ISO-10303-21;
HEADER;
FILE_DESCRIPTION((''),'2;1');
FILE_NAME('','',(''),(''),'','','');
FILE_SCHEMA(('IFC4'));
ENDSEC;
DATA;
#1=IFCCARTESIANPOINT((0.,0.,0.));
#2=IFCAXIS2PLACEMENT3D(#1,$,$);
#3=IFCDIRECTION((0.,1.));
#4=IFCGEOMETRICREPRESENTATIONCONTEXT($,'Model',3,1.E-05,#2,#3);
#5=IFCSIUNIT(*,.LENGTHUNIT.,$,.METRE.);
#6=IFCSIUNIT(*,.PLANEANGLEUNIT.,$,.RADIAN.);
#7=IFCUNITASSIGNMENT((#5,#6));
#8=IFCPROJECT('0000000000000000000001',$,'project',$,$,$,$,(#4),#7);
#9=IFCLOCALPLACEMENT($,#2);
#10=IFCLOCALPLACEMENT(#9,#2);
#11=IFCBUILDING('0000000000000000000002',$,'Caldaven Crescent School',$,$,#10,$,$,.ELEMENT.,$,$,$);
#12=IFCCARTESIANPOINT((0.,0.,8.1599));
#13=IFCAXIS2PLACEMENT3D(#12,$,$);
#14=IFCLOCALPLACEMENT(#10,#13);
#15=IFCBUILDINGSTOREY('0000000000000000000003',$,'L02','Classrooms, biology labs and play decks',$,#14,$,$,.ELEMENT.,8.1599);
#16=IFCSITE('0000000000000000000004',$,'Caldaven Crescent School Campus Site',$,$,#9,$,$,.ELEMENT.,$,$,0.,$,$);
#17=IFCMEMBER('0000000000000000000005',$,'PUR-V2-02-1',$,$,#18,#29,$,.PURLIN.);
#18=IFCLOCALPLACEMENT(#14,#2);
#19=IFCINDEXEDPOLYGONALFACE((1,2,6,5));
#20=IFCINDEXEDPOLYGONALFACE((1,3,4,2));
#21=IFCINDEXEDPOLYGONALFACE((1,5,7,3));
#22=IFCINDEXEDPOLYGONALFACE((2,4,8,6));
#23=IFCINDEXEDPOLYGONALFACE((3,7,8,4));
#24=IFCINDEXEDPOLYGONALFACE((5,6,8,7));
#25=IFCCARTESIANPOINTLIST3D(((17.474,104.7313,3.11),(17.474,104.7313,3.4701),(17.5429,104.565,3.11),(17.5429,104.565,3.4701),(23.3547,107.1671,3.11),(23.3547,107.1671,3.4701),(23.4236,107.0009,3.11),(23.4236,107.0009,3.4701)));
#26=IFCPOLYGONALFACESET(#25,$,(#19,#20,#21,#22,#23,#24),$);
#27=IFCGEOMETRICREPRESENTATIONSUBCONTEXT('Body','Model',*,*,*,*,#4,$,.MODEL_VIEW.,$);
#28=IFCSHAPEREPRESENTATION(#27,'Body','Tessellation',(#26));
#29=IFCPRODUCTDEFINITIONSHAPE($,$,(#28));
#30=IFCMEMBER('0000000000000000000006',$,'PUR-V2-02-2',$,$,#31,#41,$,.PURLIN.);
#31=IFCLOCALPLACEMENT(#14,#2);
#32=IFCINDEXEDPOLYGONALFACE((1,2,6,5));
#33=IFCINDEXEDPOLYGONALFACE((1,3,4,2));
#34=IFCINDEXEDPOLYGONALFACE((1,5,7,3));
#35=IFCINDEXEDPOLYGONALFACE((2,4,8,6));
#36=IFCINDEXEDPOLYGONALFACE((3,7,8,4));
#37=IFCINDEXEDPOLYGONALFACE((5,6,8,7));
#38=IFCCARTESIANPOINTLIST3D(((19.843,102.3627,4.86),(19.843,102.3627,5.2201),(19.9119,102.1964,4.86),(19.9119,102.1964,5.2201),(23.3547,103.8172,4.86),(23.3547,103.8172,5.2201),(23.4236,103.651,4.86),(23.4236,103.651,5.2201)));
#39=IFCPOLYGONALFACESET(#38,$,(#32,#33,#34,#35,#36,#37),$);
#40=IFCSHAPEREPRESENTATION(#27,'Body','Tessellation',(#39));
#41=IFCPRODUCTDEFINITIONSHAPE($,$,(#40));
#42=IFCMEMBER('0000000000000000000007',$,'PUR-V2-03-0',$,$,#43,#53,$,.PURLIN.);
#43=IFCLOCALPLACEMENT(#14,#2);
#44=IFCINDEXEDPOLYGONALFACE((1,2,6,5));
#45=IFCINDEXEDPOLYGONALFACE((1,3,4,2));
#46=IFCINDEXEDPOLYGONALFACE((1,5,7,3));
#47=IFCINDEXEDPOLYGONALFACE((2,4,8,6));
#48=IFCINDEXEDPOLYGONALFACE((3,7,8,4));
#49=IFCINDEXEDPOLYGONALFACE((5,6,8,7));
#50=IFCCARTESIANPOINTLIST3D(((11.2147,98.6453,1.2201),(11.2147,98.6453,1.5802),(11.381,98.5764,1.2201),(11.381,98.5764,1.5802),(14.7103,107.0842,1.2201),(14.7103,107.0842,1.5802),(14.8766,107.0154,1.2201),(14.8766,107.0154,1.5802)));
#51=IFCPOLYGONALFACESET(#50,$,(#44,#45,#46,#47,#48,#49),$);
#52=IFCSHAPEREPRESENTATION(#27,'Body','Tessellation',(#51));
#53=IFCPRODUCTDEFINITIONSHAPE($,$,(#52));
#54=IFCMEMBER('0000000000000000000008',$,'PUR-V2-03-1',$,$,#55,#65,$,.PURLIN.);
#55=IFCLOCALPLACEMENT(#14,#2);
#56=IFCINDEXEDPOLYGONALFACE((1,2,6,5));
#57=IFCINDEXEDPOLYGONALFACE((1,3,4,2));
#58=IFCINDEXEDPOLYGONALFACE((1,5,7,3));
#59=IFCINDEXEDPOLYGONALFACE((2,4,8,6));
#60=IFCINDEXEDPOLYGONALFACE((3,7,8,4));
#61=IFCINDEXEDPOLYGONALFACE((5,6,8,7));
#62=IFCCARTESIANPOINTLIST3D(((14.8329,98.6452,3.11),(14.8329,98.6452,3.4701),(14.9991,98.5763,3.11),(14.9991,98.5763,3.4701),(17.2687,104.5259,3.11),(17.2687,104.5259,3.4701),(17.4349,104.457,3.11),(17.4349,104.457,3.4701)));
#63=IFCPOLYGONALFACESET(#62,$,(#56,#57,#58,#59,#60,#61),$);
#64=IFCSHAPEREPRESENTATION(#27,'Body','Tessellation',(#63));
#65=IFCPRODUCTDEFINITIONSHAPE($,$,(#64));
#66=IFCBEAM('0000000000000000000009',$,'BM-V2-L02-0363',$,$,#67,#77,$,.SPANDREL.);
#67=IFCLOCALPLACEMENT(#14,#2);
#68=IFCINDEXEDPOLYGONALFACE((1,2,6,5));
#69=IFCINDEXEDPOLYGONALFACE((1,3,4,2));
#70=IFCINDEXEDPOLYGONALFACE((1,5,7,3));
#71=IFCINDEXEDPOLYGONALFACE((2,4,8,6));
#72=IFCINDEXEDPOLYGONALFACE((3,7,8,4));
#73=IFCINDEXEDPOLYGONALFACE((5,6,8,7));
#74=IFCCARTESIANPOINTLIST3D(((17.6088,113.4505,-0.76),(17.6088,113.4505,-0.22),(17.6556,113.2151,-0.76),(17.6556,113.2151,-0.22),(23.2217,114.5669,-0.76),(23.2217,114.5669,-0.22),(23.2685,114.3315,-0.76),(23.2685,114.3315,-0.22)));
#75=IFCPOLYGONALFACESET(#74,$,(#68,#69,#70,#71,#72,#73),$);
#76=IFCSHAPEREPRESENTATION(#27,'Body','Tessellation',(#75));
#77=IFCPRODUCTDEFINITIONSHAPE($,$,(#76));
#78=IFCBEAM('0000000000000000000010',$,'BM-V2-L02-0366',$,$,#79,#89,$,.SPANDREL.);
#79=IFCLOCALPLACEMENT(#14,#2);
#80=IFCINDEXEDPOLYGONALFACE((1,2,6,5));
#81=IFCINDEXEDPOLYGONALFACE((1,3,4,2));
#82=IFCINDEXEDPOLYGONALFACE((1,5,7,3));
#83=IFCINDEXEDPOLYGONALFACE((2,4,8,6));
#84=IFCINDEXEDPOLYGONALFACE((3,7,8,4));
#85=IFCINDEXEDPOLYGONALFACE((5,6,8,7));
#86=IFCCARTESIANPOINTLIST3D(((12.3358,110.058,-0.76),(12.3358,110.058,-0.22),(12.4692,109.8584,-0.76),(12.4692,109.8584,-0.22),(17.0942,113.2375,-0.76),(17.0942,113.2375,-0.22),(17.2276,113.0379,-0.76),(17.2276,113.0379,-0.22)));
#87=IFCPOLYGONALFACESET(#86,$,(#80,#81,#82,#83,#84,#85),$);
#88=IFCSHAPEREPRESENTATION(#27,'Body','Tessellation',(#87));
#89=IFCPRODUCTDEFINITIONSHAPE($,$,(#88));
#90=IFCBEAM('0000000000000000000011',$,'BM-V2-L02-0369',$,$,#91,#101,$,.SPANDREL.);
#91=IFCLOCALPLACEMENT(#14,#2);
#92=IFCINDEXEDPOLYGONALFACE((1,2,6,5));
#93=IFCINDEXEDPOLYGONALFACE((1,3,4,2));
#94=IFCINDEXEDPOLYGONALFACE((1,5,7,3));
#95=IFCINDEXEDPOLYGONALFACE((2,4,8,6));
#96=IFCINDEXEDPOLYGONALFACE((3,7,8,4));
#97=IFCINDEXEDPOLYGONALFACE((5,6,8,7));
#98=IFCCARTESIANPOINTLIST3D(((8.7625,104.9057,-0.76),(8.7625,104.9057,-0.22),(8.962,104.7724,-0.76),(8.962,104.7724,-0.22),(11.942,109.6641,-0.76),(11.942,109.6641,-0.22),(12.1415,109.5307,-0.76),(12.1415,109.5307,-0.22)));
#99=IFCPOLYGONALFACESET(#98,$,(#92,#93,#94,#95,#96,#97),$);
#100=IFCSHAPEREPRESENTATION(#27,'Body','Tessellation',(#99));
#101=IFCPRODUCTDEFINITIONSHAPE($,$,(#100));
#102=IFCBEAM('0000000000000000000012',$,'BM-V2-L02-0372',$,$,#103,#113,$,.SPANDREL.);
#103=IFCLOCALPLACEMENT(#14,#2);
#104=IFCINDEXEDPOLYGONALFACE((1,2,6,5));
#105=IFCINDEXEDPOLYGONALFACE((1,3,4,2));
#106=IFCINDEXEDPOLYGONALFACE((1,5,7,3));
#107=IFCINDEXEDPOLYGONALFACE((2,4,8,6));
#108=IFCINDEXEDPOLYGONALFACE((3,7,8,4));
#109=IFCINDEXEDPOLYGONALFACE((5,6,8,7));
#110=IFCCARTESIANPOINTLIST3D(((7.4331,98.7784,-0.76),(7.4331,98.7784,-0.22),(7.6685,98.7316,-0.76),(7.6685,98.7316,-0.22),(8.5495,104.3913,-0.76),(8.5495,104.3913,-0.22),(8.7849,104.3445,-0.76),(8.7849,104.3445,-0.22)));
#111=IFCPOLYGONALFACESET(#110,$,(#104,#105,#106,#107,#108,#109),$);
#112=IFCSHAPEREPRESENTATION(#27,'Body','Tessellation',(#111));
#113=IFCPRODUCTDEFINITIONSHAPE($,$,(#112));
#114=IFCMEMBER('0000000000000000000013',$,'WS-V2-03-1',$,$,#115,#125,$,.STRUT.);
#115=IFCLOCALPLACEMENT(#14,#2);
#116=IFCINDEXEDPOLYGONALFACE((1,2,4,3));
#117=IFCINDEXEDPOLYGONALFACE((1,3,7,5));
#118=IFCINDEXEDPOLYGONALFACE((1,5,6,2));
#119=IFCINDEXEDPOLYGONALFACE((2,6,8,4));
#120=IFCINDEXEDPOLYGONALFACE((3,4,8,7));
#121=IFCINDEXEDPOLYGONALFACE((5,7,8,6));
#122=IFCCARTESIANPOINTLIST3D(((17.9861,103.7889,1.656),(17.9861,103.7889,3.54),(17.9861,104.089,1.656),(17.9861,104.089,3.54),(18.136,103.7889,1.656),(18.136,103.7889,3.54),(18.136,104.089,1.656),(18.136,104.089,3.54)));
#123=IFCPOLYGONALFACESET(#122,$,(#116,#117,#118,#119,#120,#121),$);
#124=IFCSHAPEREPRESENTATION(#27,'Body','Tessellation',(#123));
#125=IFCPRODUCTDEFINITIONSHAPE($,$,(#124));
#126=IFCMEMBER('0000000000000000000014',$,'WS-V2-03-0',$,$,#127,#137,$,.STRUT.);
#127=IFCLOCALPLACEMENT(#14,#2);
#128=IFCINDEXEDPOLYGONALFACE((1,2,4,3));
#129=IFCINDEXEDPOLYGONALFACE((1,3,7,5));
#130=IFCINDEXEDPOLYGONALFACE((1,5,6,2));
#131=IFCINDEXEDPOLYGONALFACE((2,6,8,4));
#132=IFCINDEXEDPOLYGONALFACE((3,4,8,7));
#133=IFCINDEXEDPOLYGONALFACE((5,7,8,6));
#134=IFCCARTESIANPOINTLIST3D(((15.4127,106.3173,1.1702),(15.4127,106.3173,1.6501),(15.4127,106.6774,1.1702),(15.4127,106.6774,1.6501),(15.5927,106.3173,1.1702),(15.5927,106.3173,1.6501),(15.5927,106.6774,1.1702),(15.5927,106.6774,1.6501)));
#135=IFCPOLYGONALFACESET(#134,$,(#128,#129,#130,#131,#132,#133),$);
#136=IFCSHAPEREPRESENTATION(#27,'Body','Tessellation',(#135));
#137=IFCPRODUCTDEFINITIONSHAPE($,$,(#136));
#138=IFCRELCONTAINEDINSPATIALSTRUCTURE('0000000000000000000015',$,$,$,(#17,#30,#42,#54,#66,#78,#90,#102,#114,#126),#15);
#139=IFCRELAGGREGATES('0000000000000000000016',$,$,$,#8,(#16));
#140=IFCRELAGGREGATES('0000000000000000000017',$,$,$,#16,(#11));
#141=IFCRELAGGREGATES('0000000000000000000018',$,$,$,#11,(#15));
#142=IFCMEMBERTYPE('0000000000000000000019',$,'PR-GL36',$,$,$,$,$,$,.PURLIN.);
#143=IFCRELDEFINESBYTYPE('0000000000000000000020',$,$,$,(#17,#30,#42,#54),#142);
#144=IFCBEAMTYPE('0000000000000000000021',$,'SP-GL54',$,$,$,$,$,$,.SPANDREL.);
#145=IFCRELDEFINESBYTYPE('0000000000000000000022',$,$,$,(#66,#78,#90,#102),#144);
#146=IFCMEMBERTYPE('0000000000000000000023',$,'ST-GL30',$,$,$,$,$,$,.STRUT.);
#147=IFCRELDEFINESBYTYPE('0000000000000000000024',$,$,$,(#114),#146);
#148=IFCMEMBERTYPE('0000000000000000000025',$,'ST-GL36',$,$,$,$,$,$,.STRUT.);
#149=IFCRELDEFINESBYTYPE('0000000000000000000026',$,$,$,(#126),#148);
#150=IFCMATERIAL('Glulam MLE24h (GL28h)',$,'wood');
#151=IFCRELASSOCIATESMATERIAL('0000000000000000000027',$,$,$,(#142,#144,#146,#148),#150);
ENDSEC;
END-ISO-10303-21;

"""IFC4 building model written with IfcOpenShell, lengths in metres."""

from ifc_helpers import new_model, si_unit, direction, frame, origin, origin_2d, place, context, subcontext, project, spatial, rectangle, extrude, material, material_profile, profile_set, type_object, element, save


model = new_model("IFC4")

# Units and contexts
model_context = context("Model", 3, precision=1e-05, world=origin(), true_north=direction((0.0, 1.0)))
body_context = subcontext(model_context, "Body", "Model", "MODEL_VIEW")
ifc_project = project(units=[si_unit("LENGTHUNIT", "METRE"), si_unit("PLANEANGLEUNIT", "RADIAN")], contexts=[model_context])

# Site, building, storey
site_placement = place(None, origin())
site = spatial("IfcSite", under=ifc_project, at=site_placement, Name="Caldaven Crescent School Campus Site", CompositionType="ELEMENT", RefElevation=0.0)
building_placement = place(site_placement, origin())
building = spatial("IfcBuilding", under=site, at=building_placement, Name="Caldaven Crescent School", CompositionType="ELEMENT")
storey_placement = place(building_placement, frame((0.0, 0.0, 8.1599)))
storey = spatial("IfcBuildingStorey", under=building, at=storey_placement, Name="L02", Description="Classrooms, biology labs and play decks", CompositionType="ELEMENT", Elevation=8.1599)

# Shared definitions
ifc_material_1 = material(Name="Glulam MLE24h (GL28h)", Category="wood")

# Members
ifc_material_profile_1 = material_profile(ifc_material_1, rectangle(XDim=0.1799, YDim=0.3601, at=origin_2d()), Name="MLE 180x360")
ifc_profile_set_1 = profile_set([ifc_material_profile_1], Name="Glulam MLE24h (GL28h)")
member_type_1 = type_object("IfcMemberType", Name="PR-GL36", PredefinedType="PURLIN", material=ifc_profile_set_1)
member_1_placement = place(storey_placement, frame((23.3892, 107.084, 3.29), z_axis=(-0.923882, -0.382678, 0.0), x_axis=(0.382678, -0.923882, 0.0)))
element("IfcMember", 1, at=member_1_placement, inside=storey, type_object=member_type_1, Name="PUR-V2-02-1", PredefinedType="PURLIN", context=body_context, shape_type="SweptSolid", body=[
    extrude(rectangle(XDim=0.1799, YDim=0.3601, at=origin_2d()), origin(), (0.0, 0.0, 1.0), 6.3652),
])
member_2_placement = place(storey_placement, frame((23.3892, 103.7341, 5.04), z_axis=(-0.923881, -0.382681, 0.0), x_axis=(0.382681, -0.923881, 0.0)))
element("IfcMember", 2, at=member_2_placement, inside=storey, type_object=member_type_1, Name="PUR-V2-02-2", PredefinedType="PURLIN", context=body_context, shape_type="SweptSolid", body=[
    extrude(rectangle(XDim=0.1799, YDim=0.3601, at=origin_2d()), origin(), (0.0, 0.0, 1.0), 3.801),
])
member_3_placement = place(storey_placement, frame((14.7935, 107.0498, 1.4001), z_axis=(-0.38269, -0.923877, 0.0), x_axis=(0.923877, -0.38269, 0.0)))
element("IfcMember", 3, at=member_3_placement, inside=storey, type_object=member_type_1, Name="PUR-V2-03-0", PredefinedType="PURLIN", context=body_context, shape_type="SweptSolid", body=[
    extrude(rectangle(XDim=0.1799, YDim=0.3601, at=origin_2d()), origin(), (0.0, 0.0, 1.0), 9.1343),
])
member_4_placement = place(storey_placement, frame((17.3518, 104.4915, 3.29), z_axis=(-0.382678, -0.923882, 0.0), x_axis=(0.923882, -0.382678, 0.0)))
element("IfcMember", 4, at=member_4_placement, inside=storey, type_object=member_type_1, Name="PUR-V2-03-1", PredefinedType="PURLIN", context=body_context, shape_type="SweptSolid", body=[
    extrude(rectangle(XDim=0.1799, YDim=0.3601, at=origin_2d()), origin(), (0.0, 0.0, 1.0), 6.3652),
])

# Beams
ifc_material_profile_2 = material_profile(ifc_material_1, rectangle(XDim=0.24, YDim=0.54, at=origin_2d()), Name="MLE 240x540")
ifc_profile_set_2 = profile_set([ifc_material_profile_2], Name="Glulam MLE24h (GL28h)")
beam_type_1 = type_object("IfcBeamType", Name="SP-GL54", PredefinedType="SPANDREL", material=ifc_profile_set_2)
for number, where, z_axis, x_axis, name in (
    (5, (23.2451, 114.4492, -0.49), (-0.980787, -0.195082, 0.0), (0.195082, -0.980787, 0.0), "BM-V2-L02-0363"),
    (6, (17.1609, 113.1377, -0.49), (-0.831466, -0.555576, 0.0), (0.555576, -0.831466, 0.0), "BM-V2-L02-0366"),
    (7, (12.0417, 109.5974, -0.49), (-0.555576, -0.831466, 0.0), (0.831466, -0.555576, 0.0), "BM-V2-L02-0369"),
    (8, (8.6672, 104.3679, -0.49), (-0.195082, -0.980787, 0.0), (0.980787, -0.195082, 0.0), "BM-V2-L02-0372"),
):
    element("IfcBeam", number, at=place(storey_placement, frame(where, z_axis=z_axis, x_axis=x_axis)), inside=storey, type_object=beam_type_1, Name=name, PredefinedType="SPANDREL", context=body_context, shape_type="SweptSolid", body=[
        extrude(rectangle(XDim=0.24, YDim=0.54, at=origin_2d()), origin(), (0.0, 0.0, 1.0), 5.7229),
    ])

# Members
ifc_material_profile_3 = material_profile(ifc_material_1, rectangle(XDim=0.1499, YDim=0.3, at=origin_2d()), Name="MLE 150x300")
ifc_profile_set_3 = profile_set([ifc_material_profile_3], Name="Glulam MLE24h (GL28h)")
member_type_2 = type_object("IfcMemberType", Name="ST-GL30", PredefinedType="STRUT", material=ifc_profile_set_3)
member_5_placement = place(storey_placement, frame((18.061, 103.939, 1.656), z_axis=(0.0, 0.0, 1.0), x_axis=(1.0, 0.0, 0.0)))
element("IfcMember", 9, at=member_5_placement, inside=storey, type_object=member_type_2, Name="WS-V2-03-1", PredefinedType="STRUT", context=body_context, shape_type="SweptSolid", body=[
    extrude(rectangle(XDim=0.1499, YDim=0.3, at=origin_2d()), origin(), (0.0, 0.0, 1.0), 1.884),
])
ifc_material_profile_4 = material_profile(ifc_material_1, rectangle(XDim=0.1799, YDim=0.3601, at=origin_2d()), Name="MLE 180x360")
ifc_profile_set_4 = profile_set([ifc_material_profile_4], Name="Glulam MLE24h (GL28h)")
member_type_3 = type_object("IfcMemberType", Name="ST-GL36", PredefinedType="STRUT", material=ifc_profile_set_4)
member_6_placement = place(storey_placement, frame((15.5027, 106.4973, 1.1702), z_axis=(0.0, 0.0, 1.0), x_axis=(1.0, 0.0, 0.0)))
element("IfcMember", 10, at=member_6_placement, inside=storey, type_object=member_type_3, Name="WS-V2-03-0", PredefinedType="STRUT", context=body_context, shape_type="SweptSolid", body=[
    extrude(rectangle(XDim=0.1799, YDim=0.3601, at=origin_2d()), origin(), (0.0, 0.0, 1.0), 0.48),
])

save(model, "model.ifc")
